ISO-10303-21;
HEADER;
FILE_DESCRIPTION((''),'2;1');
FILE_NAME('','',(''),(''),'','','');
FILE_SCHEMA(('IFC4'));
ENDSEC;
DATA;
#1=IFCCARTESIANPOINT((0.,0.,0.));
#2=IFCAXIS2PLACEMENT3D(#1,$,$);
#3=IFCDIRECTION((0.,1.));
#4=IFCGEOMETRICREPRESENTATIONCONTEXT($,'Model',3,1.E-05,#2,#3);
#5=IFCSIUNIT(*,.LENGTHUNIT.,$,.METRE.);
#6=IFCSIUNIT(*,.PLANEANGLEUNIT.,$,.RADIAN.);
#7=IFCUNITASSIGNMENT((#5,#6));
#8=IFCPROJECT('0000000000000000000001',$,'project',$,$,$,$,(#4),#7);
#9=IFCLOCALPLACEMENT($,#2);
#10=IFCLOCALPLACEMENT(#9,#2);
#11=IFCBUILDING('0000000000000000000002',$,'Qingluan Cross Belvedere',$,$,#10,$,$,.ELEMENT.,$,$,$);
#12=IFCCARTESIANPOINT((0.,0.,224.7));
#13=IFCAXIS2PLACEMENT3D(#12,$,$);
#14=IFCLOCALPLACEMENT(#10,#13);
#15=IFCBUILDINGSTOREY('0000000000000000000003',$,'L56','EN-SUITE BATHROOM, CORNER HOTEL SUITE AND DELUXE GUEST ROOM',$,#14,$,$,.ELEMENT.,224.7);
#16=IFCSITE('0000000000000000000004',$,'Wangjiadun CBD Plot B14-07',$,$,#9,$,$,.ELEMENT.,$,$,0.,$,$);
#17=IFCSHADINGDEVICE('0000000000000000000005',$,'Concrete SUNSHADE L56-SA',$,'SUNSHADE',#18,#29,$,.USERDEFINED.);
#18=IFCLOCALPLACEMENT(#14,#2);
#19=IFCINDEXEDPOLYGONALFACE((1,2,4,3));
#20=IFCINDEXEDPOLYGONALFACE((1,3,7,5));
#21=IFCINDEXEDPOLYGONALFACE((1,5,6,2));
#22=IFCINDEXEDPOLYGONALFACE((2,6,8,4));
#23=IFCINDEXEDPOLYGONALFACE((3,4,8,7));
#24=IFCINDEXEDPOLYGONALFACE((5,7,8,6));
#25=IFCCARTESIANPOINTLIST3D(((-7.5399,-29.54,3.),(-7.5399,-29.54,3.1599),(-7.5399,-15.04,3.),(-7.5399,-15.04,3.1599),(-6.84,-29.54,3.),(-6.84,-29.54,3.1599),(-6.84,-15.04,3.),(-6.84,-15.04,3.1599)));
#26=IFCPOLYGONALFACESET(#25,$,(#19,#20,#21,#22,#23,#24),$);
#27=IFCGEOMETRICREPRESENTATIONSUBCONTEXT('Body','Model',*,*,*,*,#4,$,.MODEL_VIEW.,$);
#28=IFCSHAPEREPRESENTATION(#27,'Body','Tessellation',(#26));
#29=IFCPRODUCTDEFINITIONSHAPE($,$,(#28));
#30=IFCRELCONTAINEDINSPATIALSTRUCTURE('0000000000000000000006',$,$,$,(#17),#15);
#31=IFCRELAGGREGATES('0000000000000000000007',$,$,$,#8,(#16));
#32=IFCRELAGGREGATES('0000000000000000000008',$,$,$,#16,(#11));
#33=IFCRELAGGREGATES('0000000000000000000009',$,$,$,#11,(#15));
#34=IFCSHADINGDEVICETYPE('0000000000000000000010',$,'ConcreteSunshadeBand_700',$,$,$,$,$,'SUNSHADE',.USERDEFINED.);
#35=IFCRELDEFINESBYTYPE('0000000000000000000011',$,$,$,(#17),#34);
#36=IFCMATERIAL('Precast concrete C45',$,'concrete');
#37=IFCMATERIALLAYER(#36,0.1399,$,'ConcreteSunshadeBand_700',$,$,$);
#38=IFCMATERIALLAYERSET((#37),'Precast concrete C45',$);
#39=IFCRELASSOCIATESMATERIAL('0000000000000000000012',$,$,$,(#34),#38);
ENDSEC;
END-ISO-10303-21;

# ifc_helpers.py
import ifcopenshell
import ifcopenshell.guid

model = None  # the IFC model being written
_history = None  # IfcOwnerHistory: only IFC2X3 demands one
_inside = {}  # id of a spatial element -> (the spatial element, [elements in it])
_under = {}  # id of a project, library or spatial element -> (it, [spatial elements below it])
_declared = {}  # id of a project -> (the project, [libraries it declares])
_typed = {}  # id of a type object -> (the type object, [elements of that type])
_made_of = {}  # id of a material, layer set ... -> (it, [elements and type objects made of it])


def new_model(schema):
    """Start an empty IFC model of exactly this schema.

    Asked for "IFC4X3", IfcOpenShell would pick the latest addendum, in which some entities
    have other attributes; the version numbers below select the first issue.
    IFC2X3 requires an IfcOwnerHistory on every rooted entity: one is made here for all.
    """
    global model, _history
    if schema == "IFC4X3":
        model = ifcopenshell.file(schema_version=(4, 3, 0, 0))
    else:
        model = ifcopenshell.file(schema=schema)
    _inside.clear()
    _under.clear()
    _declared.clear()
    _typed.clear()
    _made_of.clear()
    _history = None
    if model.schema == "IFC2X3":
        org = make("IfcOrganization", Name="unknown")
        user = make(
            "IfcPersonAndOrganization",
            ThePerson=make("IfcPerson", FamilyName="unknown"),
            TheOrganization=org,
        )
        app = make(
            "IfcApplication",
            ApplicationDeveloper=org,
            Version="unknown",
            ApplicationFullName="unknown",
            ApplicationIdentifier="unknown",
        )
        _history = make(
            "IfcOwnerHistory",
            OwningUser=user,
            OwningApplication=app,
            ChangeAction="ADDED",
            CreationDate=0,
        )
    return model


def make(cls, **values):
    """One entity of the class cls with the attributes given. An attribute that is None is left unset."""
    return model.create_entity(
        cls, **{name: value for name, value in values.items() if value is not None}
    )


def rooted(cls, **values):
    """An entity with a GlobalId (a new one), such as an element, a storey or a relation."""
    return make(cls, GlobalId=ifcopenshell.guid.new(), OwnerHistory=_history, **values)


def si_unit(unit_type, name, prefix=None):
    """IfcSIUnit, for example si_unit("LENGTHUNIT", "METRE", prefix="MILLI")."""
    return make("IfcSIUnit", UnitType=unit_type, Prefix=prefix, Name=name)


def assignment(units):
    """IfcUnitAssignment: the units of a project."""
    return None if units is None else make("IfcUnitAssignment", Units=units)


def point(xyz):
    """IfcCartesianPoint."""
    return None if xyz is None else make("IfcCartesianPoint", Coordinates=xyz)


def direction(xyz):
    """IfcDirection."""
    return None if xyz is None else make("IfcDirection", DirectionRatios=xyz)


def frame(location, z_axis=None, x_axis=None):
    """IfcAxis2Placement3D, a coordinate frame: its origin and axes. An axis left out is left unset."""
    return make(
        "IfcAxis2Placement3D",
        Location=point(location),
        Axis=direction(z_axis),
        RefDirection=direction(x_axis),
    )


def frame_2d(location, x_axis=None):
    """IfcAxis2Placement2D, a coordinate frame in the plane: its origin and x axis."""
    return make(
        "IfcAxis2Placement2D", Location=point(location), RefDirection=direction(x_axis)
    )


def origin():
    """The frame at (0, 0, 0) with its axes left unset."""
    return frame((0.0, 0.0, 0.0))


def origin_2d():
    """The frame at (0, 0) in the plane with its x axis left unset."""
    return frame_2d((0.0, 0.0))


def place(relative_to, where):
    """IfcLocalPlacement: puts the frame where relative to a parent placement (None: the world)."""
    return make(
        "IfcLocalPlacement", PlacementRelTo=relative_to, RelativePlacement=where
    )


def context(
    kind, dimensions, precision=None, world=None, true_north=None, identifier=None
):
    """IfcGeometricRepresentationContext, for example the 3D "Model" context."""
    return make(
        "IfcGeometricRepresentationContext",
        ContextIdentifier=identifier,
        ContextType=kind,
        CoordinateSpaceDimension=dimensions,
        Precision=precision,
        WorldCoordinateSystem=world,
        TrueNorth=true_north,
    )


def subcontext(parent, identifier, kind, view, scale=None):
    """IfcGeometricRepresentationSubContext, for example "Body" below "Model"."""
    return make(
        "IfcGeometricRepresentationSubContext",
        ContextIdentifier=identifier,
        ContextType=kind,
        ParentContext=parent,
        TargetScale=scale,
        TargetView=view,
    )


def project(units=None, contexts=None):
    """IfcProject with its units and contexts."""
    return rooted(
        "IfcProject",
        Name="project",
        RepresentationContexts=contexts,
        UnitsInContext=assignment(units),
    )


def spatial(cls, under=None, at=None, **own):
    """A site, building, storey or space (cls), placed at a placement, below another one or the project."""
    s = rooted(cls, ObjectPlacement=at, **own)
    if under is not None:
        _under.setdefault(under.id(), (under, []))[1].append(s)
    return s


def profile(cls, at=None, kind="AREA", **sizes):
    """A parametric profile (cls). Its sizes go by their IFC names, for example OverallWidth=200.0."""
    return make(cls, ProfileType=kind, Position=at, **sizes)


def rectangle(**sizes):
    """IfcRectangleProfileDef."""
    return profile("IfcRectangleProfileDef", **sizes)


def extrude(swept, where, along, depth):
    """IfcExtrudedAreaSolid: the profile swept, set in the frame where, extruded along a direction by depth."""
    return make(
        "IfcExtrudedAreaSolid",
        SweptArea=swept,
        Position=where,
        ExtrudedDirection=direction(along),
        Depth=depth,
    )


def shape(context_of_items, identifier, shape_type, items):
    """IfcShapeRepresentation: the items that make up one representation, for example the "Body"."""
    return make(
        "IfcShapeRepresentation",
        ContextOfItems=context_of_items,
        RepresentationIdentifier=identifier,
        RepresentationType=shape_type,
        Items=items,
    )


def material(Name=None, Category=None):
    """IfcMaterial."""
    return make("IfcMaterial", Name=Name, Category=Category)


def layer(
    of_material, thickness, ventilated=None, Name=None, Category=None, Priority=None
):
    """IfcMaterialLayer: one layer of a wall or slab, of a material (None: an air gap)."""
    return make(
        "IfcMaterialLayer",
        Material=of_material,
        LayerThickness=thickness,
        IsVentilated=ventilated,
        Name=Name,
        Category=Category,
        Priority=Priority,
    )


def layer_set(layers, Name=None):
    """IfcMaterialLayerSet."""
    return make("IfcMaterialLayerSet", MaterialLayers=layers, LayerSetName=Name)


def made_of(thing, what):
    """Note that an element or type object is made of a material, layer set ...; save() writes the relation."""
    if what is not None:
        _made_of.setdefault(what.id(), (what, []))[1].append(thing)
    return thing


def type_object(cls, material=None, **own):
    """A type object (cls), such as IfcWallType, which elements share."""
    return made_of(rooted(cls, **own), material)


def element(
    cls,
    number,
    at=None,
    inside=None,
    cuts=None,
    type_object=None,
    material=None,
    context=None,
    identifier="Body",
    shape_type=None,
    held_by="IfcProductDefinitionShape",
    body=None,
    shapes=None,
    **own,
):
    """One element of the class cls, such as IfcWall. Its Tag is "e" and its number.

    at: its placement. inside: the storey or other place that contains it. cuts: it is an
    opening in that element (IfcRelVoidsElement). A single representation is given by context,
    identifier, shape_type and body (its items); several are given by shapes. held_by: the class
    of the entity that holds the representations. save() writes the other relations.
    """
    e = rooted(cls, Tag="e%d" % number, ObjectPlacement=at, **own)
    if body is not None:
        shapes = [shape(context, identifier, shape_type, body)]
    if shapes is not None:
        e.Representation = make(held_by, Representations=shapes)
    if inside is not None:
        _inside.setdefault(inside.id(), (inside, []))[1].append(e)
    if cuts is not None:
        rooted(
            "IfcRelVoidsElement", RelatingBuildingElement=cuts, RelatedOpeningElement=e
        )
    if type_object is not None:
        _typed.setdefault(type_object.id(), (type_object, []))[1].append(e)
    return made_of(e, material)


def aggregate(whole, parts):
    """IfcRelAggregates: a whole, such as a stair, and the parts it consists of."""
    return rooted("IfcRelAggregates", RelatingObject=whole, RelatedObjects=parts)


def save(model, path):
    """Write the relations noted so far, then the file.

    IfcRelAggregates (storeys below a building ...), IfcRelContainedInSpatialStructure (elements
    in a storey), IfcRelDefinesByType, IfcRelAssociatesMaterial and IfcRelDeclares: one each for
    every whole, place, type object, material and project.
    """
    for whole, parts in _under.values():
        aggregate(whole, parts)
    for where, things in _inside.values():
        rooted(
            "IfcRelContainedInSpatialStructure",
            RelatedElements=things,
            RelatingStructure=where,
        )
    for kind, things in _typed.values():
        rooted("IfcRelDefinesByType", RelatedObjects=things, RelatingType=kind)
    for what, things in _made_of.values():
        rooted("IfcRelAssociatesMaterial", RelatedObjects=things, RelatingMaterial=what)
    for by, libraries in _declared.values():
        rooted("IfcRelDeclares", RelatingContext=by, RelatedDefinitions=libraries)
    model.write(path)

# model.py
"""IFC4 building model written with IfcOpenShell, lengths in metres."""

from ifc_helpers import new_model, si_unit, direction, frame, origin, origin_2d, place, context, subcontext, project, spatial, rectangle, extrude, material, layer, layer_set, type_object, element, save


model = new_model("IFC4")

# Units and contexts
model_context = context("Model", 3, precision=1e-05, world=origin(), true_north=direction((0.0, 1.0)))
body_context = subcontext(model_context, "Body", "Model", "MODEL_VIEW")
ifc_project = project(units=[si_unit("LENGTHUNIT", "METRE"), si_unit("PLANEANGLEUNIT", "RADIAN")], contexts=[model_context])

# Site, building, storey
site_placement = place(None, origin())
site = spatial("IfcSite", under=ifc_project, at=site_placement, Name="Wangjiadun CBD Plot B14-07", CompositionType="ELEMENT", RefElevation=0.0)
building_placement = place(site_placement, origin())
building = spatial("IfcBuilding", under=site, at=building_placement, Name="Qingluan Cross Belvedere", CompositionType="ELEMENT")
storey_placement = place(building_placement, frame((0.0, 0.0, 224.7)))
storey = spatial("IfcBuildingStorey", under=building, at=storey_placement, Name="L56", Description="EN-SUITE BATHROOM, CORNER HOTEL SUITE AND DELUXE GUEST ROOM", CompositionType="ELEMENT", Elevation=224.7)

# Shading device
ifc_material_1 = material(Name="Precast concrete C45", Category="concrete")
ifc_layer_1 = layer(ifc_material_1, 0.1399, Name="ConcreteSunshadeBand_700")
ifc_layer_set_1 = layer_set([ifc_layer_1], Name="Precast concrete C45")
shading_device_type = type_object("IfcShadingDeviceType", Name="ConcreteSunshadeBand_700", ElementType="SUNSHADE", PredefinedType="USERDEFINED", material=ifc_layer_set_1)
shading_device_placement = place(storey_placement, frame((-7.1899, -22.29, 3.0), z_axis=(0.0, 0.0, 1.0), x_axis=(0.0, -1.0, 0.0)))
element("IfcShadingDevice", 1, at=shading_device_placement, inside=storey, type_object=shading_device_type, Name="Concrete SUNSHADE L56-SA", ObjectType="SUNSHADE", PredefinedType="USERDEFINED", context=body_context, shape_type="SweptSolid", body=[
    extrude(rectangle(XDim=14.5, YDim=0.7, at=origin_2d()), origin(), (0.0, 0.0, 1.0), 0.1599),
])

save(model, "model.ifc")
